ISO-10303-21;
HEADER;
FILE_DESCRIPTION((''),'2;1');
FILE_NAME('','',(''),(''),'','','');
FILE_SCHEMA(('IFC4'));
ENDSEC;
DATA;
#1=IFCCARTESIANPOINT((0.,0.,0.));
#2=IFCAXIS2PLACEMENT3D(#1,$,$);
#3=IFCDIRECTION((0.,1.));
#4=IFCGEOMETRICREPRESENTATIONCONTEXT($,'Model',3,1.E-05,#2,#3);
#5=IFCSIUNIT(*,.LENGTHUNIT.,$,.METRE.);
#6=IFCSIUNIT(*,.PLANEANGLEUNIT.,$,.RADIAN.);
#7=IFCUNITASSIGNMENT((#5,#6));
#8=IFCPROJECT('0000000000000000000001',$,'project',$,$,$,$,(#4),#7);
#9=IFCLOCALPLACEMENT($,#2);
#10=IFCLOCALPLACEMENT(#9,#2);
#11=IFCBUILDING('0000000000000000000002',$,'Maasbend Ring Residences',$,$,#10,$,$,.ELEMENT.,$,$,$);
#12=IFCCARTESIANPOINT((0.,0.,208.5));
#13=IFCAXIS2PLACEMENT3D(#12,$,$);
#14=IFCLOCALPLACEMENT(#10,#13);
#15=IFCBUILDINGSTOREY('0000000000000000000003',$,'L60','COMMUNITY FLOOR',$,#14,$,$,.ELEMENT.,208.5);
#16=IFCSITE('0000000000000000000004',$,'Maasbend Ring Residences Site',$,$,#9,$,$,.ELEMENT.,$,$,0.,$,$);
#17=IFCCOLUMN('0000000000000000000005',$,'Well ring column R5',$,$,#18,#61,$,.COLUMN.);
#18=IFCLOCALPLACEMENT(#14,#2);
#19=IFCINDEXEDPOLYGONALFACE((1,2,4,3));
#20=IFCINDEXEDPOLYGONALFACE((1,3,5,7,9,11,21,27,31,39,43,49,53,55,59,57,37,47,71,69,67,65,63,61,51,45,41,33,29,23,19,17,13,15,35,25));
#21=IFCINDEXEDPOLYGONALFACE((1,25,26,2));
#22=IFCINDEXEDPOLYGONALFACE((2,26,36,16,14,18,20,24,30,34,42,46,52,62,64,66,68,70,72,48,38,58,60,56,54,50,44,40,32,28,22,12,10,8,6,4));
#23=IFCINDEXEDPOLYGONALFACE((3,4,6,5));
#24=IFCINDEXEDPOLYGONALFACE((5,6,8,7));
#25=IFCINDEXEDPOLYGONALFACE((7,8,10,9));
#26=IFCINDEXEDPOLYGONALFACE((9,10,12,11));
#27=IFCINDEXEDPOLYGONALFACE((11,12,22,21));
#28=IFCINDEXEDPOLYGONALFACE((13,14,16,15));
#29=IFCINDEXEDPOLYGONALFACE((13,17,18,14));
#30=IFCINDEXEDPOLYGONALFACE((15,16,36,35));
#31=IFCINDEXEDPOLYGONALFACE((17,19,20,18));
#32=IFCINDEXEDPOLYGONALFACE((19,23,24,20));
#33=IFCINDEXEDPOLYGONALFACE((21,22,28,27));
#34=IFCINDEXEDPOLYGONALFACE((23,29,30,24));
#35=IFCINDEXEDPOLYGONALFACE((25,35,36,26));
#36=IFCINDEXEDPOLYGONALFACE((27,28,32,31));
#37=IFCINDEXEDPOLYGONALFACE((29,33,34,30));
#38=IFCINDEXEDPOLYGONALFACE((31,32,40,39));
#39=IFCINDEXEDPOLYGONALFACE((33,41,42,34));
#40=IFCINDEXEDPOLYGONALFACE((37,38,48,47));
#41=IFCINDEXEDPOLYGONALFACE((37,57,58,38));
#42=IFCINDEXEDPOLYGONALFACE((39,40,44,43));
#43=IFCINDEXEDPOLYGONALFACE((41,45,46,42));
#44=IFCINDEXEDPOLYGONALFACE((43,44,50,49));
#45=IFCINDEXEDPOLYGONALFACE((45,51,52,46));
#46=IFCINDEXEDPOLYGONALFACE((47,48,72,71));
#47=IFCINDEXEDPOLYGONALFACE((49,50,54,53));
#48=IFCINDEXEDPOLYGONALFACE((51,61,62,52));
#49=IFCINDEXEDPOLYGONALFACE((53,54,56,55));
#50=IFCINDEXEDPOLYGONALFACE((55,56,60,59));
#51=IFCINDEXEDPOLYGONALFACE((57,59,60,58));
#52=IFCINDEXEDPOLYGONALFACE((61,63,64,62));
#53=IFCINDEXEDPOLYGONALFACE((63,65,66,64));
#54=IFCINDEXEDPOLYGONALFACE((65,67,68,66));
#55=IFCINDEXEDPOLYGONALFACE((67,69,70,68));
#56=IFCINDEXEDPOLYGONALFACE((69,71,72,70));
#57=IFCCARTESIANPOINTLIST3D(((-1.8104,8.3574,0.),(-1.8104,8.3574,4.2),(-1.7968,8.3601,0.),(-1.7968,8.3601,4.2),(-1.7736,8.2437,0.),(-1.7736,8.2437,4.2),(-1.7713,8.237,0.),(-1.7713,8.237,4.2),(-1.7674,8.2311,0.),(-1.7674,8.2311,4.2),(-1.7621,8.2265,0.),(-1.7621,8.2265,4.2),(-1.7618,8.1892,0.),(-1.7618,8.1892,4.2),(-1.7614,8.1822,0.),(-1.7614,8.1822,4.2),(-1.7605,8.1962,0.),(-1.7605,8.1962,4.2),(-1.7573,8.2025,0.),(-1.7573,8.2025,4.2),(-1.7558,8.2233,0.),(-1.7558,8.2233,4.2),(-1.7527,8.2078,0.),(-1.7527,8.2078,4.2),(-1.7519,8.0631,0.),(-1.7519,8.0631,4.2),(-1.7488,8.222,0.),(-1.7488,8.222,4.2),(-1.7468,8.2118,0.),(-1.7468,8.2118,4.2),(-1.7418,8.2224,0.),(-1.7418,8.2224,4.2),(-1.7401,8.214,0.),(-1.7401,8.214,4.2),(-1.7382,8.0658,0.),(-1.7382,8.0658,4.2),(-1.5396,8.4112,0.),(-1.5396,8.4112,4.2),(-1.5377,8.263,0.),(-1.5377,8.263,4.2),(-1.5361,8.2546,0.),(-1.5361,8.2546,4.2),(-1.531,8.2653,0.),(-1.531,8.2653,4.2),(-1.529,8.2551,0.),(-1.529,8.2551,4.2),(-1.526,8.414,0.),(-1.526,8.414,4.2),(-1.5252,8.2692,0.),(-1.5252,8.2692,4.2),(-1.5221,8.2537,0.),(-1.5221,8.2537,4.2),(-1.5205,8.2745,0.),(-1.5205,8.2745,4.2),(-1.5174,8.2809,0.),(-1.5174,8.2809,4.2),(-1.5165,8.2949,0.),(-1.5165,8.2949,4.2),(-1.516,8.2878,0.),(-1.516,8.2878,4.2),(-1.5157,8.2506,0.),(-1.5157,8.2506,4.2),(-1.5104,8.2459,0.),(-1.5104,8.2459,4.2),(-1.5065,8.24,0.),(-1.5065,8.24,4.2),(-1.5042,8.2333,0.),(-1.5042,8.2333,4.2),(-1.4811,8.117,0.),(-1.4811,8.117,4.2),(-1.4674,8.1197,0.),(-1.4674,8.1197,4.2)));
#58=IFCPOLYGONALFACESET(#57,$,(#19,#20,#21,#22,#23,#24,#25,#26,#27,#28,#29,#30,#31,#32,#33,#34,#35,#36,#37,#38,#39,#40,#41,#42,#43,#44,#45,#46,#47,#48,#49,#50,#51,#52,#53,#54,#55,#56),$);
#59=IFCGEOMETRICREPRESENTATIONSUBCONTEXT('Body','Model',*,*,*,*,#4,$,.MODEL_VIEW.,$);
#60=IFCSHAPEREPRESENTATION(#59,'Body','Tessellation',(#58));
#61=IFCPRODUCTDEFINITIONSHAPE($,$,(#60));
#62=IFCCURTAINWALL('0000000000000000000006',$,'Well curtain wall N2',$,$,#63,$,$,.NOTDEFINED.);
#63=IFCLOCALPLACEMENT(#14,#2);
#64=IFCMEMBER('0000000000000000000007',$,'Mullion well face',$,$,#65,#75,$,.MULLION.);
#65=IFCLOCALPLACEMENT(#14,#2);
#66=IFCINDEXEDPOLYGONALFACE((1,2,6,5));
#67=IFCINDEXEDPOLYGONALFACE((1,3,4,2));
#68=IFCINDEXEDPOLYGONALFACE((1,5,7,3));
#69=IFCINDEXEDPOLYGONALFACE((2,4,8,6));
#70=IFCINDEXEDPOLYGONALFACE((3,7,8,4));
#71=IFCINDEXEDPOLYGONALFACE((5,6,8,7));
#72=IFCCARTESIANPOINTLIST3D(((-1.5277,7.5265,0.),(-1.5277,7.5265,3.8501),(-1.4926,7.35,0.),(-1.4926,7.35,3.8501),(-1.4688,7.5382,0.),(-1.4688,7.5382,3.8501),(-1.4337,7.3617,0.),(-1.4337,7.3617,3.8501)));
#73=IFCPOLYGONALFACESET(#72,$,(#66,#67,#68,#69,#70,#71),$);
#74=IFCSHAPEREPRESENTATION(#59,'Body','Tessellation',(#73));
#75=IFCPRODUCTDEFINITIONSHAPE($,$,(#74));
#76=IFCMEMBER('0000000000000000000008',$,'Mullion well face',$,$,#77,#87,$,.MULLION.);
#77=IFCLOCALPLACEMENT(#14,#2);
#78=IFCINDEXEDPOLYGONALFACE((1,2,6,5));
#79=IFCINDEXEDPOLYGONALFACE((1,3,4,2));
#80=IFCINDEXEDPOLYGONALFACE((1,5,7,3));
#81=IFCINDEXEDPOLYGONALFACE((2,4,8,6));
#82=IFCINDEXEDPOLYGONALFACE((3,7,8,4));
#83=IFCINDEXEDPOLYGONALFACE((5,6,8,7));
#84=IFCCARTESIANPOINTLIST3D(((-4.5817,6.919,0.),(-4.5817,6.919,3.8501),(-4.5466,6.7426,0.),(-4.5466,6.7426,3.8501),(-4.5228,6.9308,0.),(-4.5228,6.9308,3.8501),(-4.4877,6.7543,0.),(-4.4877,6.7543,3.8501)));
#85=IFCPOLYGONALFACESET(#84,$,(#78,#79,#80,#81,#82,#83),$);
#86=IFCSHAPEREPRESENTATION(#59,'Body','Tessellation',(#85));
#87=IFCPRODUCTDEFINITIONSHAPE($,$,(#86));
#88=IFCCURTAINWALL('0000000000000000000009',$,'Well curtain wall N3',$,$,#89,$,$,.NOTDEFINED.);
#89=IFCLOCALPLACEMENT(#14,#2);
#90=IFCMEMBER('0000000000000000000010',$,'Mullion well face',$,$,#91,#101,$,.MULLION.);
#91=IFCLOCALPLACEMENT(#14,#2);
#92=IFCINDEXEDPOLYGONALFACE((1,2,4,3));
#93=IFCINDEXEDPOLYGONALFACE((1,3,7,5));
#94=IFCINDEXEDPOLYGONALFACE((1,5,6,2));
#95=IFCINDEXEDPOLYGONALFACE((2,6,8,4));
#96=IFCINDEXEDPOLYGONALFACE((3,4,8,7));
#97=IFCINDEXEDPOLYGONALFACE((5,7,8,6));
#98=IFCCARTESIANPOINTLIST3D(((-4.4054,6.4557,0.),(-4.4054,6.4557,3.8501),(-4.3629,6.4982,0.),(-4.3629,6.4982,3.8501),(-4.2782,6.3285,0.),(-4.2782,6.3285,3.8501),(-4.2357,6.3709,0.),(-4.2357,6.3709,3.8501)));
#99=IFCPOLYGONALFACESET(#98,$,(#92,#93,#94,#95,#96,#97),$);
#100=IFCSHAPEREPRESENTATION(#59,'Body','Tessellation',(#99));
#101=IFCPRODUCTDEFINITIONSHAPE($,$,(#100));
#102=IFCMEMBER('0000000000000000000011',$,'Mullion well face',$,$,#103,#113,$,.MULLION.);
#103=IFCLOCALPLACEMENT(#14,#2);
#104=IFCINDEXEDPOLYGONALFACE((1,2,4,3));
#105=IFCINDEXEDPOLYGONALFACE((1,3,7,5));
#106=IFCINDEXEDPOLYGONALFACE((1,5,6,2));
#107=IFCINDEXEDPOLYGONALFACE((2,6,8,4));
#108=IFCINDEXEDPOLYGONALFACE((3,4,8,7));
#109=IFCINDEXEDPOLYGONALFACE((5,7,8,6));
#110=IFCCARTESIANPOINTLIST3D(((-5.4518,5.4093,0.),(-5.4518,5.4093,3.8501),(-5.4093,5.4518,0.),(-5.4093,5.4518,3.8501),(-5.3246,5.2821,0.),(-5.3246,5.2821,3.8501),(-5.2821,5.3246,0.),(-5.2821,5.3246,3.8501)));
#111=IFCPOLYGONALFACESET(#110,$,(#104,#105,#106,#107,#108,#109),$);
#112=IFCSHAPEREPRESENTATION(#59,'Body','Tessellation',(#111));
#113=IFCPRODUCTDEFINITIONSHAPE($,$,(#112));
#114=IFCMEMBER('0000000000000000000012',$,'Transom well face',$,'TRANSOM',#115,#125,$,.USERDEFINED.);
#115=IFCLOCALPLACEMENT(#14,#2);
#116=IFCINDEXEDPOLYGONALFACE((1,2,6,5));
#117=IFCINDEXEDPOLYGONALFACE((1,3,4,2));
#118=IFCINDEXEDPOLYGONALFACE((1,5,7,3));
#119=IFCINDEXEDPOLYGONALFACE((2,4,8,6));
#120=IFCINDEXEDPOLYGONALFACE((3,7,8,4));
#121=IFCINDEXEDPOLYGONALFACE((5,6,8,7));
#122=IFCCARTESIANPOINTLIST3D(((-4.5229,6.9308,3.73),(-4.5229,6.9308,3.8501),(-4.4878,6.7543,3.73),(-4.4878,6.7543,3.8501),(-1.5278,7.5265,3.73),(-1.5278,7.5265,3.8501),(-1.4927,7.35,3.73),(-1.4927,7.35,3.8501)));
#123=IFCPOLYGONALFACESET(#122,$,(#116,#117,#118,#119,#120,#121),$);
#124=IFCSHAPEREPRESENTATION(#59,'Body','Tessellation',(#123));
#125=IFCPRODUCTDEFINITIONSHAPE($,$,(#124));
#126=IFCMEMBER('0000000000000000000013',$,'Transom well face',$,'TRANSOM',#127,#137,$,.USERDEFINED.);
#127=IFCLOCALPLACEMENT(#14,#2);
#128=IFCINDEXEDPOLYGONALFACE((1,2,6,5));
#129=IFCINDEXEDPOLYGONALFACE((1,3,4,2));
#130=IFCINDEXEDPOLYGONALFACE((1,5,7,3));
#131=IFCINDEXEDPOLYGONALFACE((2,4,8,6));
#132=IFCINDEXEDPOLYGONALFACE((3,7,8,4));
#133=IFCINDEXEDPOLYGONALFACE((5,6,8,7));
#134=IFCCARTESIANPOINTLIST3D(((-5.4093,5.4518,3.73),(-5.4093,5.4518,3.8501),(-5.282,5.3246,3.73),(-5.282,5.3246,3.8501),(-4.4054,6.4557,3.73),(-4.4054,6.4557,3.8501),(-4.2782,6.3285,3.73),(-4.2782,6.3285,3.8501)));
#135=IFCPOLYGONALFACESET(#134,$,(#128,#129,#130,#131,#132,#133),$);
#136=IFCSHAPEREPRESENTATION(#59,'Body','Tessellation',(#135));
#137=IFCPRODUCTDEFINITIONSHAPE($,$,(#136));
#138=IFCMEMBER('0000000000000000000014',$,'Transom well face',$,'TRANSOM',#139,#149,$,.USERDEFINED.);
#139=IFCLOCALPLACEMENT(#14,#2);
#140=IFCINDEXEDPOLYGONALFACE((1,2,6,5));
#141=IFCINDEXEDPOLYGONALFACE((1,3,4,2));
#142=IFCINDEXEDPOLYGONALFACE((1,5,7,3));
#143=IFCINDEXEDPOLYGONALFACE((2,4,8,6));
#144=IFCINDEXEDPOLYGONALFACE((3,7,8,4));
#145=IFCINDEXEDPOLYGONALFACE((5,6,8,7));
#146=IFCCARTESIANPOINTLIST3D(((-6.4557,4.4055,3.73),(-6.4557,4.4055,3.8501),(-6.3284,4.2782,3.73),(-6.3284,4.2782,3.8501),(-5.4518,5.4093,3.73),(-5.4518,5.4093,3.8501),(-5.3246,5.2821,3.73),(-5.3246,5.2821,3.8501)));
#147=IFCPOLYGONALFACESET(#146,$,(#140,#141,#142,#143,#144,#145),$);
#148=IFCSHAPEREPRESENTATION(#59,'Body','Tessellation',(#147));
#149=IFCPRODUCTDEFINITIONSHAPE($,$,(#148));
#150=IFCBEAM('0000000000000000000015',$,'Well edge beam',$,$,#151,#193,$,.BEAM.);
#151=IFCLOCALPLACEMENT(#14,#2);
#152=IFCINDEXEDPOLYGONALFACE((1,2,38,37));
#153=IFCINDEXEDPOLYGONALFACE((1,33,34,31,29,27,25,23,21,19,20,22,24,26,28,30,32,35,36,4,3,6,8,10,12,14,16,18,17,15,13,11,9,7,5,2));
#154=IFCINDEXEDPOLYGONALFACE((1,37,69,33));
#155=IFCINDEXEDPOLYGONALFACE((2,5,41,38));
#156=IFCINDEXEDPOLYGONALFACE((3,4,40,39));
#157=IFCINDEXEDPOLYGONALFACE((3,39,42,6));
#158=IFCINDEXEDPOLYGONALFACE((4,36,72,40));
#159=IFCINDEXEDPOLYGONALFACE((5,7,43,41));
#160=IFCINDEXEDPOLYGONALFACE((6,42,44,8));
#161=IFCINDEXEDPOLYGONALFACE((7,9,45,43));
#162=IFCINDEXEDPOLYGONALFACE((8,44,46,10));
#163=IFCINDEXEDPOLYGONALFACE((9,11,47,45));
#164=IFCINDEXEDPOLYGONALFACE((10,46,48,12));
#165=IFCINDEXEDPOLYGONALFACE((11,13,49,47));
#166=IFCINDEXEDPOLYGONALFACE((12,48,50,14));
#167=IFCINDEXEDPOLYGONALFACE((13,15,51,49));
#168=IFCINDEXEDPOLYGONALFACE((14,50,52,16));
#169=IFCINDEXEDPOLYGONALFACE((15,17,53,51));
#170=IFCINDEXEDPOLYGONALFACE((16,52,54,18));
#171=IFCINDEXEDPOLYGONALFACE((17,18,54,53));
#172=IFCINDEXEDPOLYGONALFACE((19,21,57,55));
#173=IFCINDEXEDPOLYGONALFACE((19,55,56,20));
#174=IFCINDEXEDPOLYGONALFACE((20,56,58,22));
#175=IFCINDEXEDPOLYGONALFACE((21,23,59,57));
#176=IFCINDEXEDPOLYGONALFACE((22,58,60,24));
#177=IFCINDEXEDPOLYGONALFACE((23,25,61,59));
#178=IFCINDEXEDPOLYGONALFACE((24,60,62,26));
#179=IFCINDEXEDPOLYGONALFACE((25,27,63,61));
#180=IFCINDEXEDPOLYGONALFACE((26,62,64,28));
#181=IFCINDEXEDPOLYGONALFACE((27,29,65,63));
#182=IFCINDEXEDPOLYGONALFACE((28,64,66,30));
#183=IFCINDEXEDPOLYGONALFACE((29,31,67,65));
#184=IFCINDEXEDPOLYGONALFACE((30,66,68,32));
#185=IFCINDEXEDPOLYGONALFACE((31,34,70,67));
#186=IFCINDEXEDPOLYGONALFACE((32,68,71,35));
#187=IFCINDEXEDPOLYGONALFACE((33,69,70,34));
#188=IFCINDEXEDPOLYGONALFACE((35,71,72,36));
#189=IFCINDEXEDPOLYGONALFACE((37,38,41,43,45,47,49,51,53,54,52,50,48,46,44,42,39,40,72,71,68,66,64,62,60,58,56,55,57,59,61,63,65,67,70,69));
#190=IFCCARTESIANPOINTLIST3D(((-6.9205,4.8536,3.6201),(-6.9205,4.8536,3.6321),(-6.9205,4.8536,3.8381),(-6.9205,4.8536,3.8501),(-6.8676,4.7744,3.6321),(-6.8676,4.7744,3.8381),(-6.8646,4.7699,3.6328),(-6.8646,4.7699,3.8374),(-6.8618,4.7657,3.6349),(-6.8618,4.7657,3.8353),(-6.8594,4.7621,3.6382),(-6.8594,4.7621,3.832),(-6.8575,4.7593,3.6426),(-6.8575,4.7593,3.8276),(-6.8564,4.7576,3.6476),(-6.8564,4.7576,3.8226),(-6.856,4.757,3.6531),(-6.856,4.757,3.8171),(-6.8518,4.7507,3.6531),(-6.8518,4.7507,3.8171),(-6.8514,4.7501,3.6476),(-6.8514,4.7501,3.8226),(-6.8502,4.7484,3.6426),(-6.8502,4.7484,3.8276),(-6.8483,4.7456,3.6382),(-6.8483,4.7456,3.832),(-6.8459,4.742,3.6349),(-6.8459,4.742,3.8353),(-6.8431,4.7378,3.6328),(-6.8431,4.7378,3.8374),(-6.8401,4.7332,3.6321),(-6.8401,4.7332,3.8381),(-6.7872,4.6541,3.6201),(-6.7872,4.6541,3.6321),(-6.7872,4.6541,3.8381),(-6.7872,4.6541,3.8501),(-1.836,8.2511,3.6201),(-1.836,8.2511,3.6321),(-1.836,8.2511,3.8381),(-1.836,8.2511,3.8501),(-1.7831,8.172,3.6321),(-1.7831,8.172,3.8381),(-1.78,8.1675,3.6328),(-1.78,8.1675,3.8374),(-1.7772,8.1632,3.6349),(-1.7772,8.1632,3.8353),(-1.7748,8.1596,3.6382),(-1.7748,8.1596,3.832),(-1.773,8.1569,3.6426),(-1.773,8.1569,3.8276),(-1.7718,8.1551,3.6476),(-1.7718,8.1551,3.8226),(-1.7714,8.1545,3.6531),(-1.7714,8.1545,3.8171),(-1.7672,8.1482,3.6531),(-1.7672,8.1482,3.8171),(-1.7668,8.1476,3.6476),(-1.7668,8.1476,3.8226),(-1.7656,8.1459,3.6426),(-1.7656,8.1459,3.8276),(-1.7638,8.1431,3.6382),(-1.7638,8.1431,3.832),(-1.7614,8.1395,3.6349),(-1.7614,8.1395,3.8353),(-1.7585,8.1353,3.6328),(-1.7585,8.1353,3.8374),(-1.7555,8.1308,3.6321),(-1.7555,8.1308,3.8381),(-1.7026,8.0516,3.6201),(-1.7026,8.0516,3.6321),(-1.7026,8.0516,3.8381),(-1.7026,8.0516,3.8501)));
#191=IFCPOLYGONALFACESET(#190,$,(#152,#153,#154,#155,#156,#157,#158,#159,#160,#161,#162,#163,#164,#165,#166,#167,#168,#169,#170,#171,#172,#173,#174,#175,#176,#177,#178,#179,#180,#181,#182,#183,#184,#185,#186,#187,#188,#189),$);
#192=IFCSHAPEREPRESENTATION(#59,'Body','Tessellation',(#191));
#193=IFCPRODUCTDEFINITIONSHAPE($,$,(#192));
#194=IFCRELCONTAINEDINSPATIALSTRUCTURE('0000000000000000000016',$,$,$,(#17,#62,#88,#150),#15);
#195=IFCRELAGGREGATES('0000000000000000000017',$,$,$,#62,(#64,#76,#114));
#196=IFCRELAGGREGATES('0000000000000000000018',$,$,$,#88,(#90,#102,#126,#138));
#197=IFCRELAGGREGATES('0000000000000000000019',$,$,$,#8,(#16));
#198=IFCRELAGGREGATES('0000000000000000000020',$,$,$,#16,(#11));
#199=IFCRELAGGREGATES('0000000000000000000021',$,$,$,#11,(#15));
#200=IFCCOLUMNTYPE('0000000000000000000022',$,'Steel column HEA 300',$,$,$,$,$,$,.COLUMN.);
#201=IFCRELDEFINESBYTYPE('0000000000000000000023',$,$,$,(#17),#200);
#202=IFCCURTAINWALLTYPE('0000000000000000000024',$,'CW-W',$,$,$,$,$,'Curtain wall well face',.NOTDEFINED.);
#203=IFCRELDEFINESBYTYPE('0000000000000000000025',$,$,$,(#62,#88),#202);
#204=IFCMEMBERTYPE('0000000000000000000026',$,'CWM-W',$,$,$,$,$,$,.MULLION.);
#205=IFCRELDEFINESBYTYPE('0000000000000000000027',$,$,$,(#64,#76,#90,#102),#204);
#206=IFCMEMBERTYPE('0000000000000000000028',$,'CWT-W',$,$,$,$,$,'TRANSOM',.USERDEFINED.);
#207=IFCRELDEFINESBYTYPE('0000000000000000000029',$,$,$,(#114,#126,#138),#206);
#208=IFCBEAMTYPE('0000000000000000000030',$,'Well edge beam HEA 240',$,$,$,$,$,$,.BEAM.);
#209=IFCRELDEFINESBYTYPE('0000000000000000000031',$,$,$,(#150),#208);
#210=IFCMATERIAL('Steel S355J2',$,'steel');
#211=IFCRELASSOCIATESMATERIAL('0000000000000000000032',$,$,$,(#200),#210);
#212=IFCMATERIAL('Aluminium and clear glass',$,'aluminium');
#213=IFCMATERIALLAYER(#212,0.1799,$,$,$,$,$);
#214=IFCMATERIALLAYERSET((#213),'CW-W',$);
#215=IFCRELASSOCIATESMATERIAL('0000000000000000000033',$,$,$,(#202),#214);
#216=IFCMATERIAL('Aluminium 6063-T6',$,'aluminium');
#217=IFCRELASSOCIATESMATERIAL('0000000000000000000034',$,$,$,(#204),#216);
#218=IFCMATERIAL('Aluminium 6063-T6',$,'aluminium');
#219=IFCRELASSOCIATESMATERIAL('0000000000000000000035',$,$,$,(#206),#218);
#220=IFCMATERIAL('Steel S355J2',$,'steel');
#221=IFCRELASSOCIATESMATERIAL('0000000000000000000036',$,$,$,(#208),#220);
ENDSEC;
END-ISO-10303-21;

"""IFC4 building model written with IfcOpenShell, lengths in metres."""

from ifc_helpers import new_model, si_unit, direction, frame, origin, origin_2d, place, context, subcontext, project, spatial, rectangle, i_section, extrude, material, layer, layer_set, material_profile, profile_set, type_object, element, aggregate, save


model = new_model("IFC4")

# Units and contexts
model_context = context("Model", 3, precision=1e-05, world=origin(), true_north=direction((0.0, 1.0)))
body_context = subcontext(model_context, "Body", "Model", "MODEL_VIEW")
ifc_project = project(units=[si_unit("LENGTHUNIT", "METRE"), si_unit("PLANEANGLEUNIT", "RADIAN")], contexts=[model_context])

# Site, building, storey
site_placement = place(None, origin())
site = spatial("IfcSite", under=ifc_project, at=site_placement, Name="Maasbend Ring Residences Site", CompositionType="ELEMENT", RefElevation=0.0)
building_placement = place(site_placement, origin())
building = spatial("IfcBuilding", under=site, at=building_placement, Name="Maasbend Ring Residences", CompositionType="ELEMENT")
storey_placement = place(building_placement, frame((0.0, 0.0, 208.5)))
storey = spatial("IfcBuildingStorey", under=building, at=storey_placement, Name="L60", Description="COMMUNITY FLOOR", CompositionType="ELEMENT", Elevation=208.5)

# Column
ifc_material_1 = material(Name="Steel S355J2", Category="steel")
ifc_material_profile_1 = material_profile(ifc_material_1, i_section(OverallWidth=0.3, OverallDepth=0.29, WebThickness=0.0085, FlangeThickness=0.0139, FilletRadius=0.0271, at=origin_2d()), Name="HEA 300")
ifc_profile_set_1 = profile_set([ifc_material_profile_1], Name="Steel S355J2")
column_type = type_object("IfcColumnType", Name="Steel column HEA 300", PredefinedType="COLUMN", material=ifc_profile_set_1)
column_placement = place(storey_placement, frame((-1.6389, 8.2385, 0.0), z_axis=(0.0, 0.0, 1.0), x_axis=(-0.19509, 0.980785, 0.0)))
element("IfcColumn", 1, at=column_placement, inside=storey, type_object=column_type, Name="Well ring column R5", PredefinedType="COLUMN", context=body_context, shape_type="SweptSolid", body=[
    extrude(i_section(OverallWidth=0.3, OverallDepth=0.29, WebThickness=0.0085, FlangeThickness=0.0139, FilletRadius=0.0271, at=origin_2d()), origin(), (0.0, 0.0, 1.0), 4.2),
])

# Curtain walls, members
ifc_material_2 = material(Name="Aluminium and clear glass", Category="aluminium")
ifc_layer_1 = layer(ifc_material_2, 0.1799)
ifc_layer_set_1 = layer_set([ifc_layer_1], Name="CW-W")
curtain_wall_type = type_object("IfcCurtainWallType", Name="CW-W", ElementType="Curtain wall well face", PredefinedType="NOTDEFINED", material=ifc_layer_set_1)
curtain_wall_1_placement = place(storey_placement, origin())
curtain_wall_1 = element("IfcCurtainWall", 2, at=curtain_wall_1_placement, inside=storey, type_object=curtain_wall_type, Name="Well curtain wall N2", PredefinedType="NOTDEFINED")
ifc_material_3 = material(Name="Aluminium 6063-T6", Category="aluminium")
ifc_material_profile_2 = material_profile(ifc_material_3, rectangle(XDim=0.1799, YDim=0.0601, at=origin_2d()), Name="AL 180x60")
ifc_profile_set_2 = profile_set([ifc_material_profile_2], Name="Aluminium 6063-T6")
member_type_1 = type_object("IfcMemberType", Name="CWM-W", PredefinedType="MULLION", material=ifc_profile_set_2)
member_1_placement = place(storey_placement, frame((-1.4807, 7.4441, 0.0), z_axis=(0.0, 0.0, 1.0), x_axis=(0.19509, -0.980785, 0.0)))
member_1 = element("IfcMember", 3, at=member_1_placement, type_object=member_type_1, Name="Mullion well face", PredefinedType="MULLION", context=body_context, shape_type="SweptSolid", body=[
    extrude(rectangle(XDim=0.1799, YDim=0.0601, at=origin_2d()), origin(), (0.0, 0.0, 1.0), 3.8501),
])
member_2_placement = place(storey_placement, frame((-4.5347, 6.8367, 0.0), z_axis=(0.0, 0.0, 1.0), x_axis=(0.19509, -0.980785, 0.0)))
member_2 = element("IfcMember", 4, at=member_2_placement, type_object=member_type_1, Name="Mullion well face", PredefinedType="MULLION", context=body_context, shape_type="SweptSolid", body=[
    extrude(rectangle(XDim=0.1799, YDim=0.0601, at=origin_2d()), origin(), (0.0, 0.0, 1.0), 3.8501),
])
curtain_wall_2_placement = place(storey_placement, origin())
curtain_wall_2 = element("IfcCurtainWall", 5, at=curtain_wall_2_placement, inside=storey, type_object=curtain_wall_type, Name="Well curtain wall N3", PredefinedType="NOTDEFINED")
member_3_placement = place(storey_placement, frame((-4.3206, 6.4133, 0.0), z_axis=(0.0, 0.0, 1.0), x_axis=(0.707107, -0.707107, 0.0)))
member_3 = element("IfcMember", 6, at=member_3_placement, type_object=member_type_1, Name="Mullion well face", PredefinedType="MULLION", context=body_context, shape_type="SweptSolid", body=[
    extrude(rectangle(XDim=0.1799, YDim=0.0601, at=origin_2d()), origin(), (0.0, 0.0, 1.0), 3.8501),
])
member_4_placement = place(storey_placement, frame((-5.3669, 5.3669, 0.0), z_axis=(0.0, 0.0, 1.0), x_axis=(0.707107, -0.707107, 0.0)))
member_4 = element("IfcMember", 7, at=member_4_placement, type_object=member_type_1, Name="Mullion well face", PredefinedType="MULLION", context=body_context, shape_type="SweptSolid", body=[
    extrude(rectangle(XDim=0.1799, YDim=0.0601, at=origin_2d()), origin(), (0.0, 0.0, 1.0), 3.8501),
])

# Members
ifc_material_4 = material(Name="Aluminium 6063-T6", Category="aluminium")
ifc_material_profile_3 = material_profile(ifc_material_4, rectangle(XDim=0.1799, YDim=0.1201, at=origin_2d()), Name="AL 180x120")
ifc_profile_set_3 = profile_set([ifc_material_profile_3], Name="Aluminium 6063-T6")
member_type_2 = type_object("IfcMemberType", Name="CWT-W", ElementType="TRANSOM", PredefinedType="USERDEFINED", material=ifc_profile_set_3)
member_5_placement = place(storey_placement, frame((-1.5103, 7.4382, 3.79), z_axis=(-0.980789, -0.195071, 0.0), x_axis=(0.195071, -0.980789, 0.0)))
member_5 = element("IfcMember", 8, at=member_5_placement, type_object=member_type_2, Name="Transom well face", ObjectType="TRANSOM", PredefinedType="USERDEFINED", context=body_context, shape_type="SweptSolid", body=[
    extrude(rectangle(XDim=0.1799, YDim=0.1201, at=origin_2d()), origin(), (0.0, 0.0, 1.0), 3.0537),
])
member_6_placement = place(storey_placement, frame((-4.3418, 6.3921, 3.79), z_axis=(-0.707107, -0.707107, 0.0), x_axis=(0.707107, -0.707107, 0.0)))
member_6 = element("IfcMember", 9, at=member_6_placement, type_object=member_type_2, Name="Transom well face", ObjectType="TRANSOM", PredefinedType="USERDEFINED", context=body_context, shape_type="SweptSolid", body=[
    extrude(rectangle(XDim=0.1799, YDim=0.1201, at=origin_2d()), origin(), (0.0, 0.0, 1.0), 1.4197),
])
member_7_placement = place(storey_placement, frame((-5.3882, 5.3457, 3.79), z_axis=(-0.707107, -0.707107, 0.0), x_axis=(0.707107, -0.707107, 0.0)))
member_7 = element("IfcMember", 10, at=member_7_placement, type_object=member_type_2, Name="Transom well face", ObjectType="TRANSOM", PredefinedType="USERDEFINED", context=body_context, shape_type="SweptSolid", body=[
    extrude(rectangle(XDim=0.1799, YDim=0.1201, at=origin_2d()), origin(), (0.0, 0.0, 1.0), 1.4197),
])

# Beam
ifc_material_5 = material(Name="Steel S355J2", Category="steel")
ifc_material_profile_4 = material_profile(ifc_material_5, i_section(OverallWidth=0.24, OverallDepth=0.23, WebThickness=0.0076, FlangeThickness=0.012, FilletRadius=0.021, at=origin_2d()), Name="HEA 240")
ifc_profile_set_4 = profile_set([ifc_material_profile_4], Name="Steel S355J2")
beam_type = type_object("IfcBeamType", Name="Well edge beam HEA 240", PredefinedType="BEAM", material=ifc_profile_set_4)
beam_placement = place(storey_placement, frame((-1.7693, 8.1514, 3.7351), z_axis=(-0.83146, -0.555584, 0.0), x_axis=(0.555584, -0.83146, 0.0)))
element("IfcBeam", 11, at=beam_placement, inside=storey, type_object=beam_type, Name="Well edge beam", PredefinedType="BEAM", context=body_context, shape_type="SweptSolid", body=[
    extrude(i_section(OverallWidth=0.24, OverallDepth=0.23, WebThickness=0.0076, FlangeThickness=0.012, FilletRadius=0.021, at=origin_2d()), origin(), (0.0, 0.0, 1.0), 6.1152),
])

aggregate(curtain_wall_1, [member_1, member_2, member_5])
aggregate(curtain_wall_2, [member_3, member_4, member_6, member_7])

save(model, "model.ifc")
